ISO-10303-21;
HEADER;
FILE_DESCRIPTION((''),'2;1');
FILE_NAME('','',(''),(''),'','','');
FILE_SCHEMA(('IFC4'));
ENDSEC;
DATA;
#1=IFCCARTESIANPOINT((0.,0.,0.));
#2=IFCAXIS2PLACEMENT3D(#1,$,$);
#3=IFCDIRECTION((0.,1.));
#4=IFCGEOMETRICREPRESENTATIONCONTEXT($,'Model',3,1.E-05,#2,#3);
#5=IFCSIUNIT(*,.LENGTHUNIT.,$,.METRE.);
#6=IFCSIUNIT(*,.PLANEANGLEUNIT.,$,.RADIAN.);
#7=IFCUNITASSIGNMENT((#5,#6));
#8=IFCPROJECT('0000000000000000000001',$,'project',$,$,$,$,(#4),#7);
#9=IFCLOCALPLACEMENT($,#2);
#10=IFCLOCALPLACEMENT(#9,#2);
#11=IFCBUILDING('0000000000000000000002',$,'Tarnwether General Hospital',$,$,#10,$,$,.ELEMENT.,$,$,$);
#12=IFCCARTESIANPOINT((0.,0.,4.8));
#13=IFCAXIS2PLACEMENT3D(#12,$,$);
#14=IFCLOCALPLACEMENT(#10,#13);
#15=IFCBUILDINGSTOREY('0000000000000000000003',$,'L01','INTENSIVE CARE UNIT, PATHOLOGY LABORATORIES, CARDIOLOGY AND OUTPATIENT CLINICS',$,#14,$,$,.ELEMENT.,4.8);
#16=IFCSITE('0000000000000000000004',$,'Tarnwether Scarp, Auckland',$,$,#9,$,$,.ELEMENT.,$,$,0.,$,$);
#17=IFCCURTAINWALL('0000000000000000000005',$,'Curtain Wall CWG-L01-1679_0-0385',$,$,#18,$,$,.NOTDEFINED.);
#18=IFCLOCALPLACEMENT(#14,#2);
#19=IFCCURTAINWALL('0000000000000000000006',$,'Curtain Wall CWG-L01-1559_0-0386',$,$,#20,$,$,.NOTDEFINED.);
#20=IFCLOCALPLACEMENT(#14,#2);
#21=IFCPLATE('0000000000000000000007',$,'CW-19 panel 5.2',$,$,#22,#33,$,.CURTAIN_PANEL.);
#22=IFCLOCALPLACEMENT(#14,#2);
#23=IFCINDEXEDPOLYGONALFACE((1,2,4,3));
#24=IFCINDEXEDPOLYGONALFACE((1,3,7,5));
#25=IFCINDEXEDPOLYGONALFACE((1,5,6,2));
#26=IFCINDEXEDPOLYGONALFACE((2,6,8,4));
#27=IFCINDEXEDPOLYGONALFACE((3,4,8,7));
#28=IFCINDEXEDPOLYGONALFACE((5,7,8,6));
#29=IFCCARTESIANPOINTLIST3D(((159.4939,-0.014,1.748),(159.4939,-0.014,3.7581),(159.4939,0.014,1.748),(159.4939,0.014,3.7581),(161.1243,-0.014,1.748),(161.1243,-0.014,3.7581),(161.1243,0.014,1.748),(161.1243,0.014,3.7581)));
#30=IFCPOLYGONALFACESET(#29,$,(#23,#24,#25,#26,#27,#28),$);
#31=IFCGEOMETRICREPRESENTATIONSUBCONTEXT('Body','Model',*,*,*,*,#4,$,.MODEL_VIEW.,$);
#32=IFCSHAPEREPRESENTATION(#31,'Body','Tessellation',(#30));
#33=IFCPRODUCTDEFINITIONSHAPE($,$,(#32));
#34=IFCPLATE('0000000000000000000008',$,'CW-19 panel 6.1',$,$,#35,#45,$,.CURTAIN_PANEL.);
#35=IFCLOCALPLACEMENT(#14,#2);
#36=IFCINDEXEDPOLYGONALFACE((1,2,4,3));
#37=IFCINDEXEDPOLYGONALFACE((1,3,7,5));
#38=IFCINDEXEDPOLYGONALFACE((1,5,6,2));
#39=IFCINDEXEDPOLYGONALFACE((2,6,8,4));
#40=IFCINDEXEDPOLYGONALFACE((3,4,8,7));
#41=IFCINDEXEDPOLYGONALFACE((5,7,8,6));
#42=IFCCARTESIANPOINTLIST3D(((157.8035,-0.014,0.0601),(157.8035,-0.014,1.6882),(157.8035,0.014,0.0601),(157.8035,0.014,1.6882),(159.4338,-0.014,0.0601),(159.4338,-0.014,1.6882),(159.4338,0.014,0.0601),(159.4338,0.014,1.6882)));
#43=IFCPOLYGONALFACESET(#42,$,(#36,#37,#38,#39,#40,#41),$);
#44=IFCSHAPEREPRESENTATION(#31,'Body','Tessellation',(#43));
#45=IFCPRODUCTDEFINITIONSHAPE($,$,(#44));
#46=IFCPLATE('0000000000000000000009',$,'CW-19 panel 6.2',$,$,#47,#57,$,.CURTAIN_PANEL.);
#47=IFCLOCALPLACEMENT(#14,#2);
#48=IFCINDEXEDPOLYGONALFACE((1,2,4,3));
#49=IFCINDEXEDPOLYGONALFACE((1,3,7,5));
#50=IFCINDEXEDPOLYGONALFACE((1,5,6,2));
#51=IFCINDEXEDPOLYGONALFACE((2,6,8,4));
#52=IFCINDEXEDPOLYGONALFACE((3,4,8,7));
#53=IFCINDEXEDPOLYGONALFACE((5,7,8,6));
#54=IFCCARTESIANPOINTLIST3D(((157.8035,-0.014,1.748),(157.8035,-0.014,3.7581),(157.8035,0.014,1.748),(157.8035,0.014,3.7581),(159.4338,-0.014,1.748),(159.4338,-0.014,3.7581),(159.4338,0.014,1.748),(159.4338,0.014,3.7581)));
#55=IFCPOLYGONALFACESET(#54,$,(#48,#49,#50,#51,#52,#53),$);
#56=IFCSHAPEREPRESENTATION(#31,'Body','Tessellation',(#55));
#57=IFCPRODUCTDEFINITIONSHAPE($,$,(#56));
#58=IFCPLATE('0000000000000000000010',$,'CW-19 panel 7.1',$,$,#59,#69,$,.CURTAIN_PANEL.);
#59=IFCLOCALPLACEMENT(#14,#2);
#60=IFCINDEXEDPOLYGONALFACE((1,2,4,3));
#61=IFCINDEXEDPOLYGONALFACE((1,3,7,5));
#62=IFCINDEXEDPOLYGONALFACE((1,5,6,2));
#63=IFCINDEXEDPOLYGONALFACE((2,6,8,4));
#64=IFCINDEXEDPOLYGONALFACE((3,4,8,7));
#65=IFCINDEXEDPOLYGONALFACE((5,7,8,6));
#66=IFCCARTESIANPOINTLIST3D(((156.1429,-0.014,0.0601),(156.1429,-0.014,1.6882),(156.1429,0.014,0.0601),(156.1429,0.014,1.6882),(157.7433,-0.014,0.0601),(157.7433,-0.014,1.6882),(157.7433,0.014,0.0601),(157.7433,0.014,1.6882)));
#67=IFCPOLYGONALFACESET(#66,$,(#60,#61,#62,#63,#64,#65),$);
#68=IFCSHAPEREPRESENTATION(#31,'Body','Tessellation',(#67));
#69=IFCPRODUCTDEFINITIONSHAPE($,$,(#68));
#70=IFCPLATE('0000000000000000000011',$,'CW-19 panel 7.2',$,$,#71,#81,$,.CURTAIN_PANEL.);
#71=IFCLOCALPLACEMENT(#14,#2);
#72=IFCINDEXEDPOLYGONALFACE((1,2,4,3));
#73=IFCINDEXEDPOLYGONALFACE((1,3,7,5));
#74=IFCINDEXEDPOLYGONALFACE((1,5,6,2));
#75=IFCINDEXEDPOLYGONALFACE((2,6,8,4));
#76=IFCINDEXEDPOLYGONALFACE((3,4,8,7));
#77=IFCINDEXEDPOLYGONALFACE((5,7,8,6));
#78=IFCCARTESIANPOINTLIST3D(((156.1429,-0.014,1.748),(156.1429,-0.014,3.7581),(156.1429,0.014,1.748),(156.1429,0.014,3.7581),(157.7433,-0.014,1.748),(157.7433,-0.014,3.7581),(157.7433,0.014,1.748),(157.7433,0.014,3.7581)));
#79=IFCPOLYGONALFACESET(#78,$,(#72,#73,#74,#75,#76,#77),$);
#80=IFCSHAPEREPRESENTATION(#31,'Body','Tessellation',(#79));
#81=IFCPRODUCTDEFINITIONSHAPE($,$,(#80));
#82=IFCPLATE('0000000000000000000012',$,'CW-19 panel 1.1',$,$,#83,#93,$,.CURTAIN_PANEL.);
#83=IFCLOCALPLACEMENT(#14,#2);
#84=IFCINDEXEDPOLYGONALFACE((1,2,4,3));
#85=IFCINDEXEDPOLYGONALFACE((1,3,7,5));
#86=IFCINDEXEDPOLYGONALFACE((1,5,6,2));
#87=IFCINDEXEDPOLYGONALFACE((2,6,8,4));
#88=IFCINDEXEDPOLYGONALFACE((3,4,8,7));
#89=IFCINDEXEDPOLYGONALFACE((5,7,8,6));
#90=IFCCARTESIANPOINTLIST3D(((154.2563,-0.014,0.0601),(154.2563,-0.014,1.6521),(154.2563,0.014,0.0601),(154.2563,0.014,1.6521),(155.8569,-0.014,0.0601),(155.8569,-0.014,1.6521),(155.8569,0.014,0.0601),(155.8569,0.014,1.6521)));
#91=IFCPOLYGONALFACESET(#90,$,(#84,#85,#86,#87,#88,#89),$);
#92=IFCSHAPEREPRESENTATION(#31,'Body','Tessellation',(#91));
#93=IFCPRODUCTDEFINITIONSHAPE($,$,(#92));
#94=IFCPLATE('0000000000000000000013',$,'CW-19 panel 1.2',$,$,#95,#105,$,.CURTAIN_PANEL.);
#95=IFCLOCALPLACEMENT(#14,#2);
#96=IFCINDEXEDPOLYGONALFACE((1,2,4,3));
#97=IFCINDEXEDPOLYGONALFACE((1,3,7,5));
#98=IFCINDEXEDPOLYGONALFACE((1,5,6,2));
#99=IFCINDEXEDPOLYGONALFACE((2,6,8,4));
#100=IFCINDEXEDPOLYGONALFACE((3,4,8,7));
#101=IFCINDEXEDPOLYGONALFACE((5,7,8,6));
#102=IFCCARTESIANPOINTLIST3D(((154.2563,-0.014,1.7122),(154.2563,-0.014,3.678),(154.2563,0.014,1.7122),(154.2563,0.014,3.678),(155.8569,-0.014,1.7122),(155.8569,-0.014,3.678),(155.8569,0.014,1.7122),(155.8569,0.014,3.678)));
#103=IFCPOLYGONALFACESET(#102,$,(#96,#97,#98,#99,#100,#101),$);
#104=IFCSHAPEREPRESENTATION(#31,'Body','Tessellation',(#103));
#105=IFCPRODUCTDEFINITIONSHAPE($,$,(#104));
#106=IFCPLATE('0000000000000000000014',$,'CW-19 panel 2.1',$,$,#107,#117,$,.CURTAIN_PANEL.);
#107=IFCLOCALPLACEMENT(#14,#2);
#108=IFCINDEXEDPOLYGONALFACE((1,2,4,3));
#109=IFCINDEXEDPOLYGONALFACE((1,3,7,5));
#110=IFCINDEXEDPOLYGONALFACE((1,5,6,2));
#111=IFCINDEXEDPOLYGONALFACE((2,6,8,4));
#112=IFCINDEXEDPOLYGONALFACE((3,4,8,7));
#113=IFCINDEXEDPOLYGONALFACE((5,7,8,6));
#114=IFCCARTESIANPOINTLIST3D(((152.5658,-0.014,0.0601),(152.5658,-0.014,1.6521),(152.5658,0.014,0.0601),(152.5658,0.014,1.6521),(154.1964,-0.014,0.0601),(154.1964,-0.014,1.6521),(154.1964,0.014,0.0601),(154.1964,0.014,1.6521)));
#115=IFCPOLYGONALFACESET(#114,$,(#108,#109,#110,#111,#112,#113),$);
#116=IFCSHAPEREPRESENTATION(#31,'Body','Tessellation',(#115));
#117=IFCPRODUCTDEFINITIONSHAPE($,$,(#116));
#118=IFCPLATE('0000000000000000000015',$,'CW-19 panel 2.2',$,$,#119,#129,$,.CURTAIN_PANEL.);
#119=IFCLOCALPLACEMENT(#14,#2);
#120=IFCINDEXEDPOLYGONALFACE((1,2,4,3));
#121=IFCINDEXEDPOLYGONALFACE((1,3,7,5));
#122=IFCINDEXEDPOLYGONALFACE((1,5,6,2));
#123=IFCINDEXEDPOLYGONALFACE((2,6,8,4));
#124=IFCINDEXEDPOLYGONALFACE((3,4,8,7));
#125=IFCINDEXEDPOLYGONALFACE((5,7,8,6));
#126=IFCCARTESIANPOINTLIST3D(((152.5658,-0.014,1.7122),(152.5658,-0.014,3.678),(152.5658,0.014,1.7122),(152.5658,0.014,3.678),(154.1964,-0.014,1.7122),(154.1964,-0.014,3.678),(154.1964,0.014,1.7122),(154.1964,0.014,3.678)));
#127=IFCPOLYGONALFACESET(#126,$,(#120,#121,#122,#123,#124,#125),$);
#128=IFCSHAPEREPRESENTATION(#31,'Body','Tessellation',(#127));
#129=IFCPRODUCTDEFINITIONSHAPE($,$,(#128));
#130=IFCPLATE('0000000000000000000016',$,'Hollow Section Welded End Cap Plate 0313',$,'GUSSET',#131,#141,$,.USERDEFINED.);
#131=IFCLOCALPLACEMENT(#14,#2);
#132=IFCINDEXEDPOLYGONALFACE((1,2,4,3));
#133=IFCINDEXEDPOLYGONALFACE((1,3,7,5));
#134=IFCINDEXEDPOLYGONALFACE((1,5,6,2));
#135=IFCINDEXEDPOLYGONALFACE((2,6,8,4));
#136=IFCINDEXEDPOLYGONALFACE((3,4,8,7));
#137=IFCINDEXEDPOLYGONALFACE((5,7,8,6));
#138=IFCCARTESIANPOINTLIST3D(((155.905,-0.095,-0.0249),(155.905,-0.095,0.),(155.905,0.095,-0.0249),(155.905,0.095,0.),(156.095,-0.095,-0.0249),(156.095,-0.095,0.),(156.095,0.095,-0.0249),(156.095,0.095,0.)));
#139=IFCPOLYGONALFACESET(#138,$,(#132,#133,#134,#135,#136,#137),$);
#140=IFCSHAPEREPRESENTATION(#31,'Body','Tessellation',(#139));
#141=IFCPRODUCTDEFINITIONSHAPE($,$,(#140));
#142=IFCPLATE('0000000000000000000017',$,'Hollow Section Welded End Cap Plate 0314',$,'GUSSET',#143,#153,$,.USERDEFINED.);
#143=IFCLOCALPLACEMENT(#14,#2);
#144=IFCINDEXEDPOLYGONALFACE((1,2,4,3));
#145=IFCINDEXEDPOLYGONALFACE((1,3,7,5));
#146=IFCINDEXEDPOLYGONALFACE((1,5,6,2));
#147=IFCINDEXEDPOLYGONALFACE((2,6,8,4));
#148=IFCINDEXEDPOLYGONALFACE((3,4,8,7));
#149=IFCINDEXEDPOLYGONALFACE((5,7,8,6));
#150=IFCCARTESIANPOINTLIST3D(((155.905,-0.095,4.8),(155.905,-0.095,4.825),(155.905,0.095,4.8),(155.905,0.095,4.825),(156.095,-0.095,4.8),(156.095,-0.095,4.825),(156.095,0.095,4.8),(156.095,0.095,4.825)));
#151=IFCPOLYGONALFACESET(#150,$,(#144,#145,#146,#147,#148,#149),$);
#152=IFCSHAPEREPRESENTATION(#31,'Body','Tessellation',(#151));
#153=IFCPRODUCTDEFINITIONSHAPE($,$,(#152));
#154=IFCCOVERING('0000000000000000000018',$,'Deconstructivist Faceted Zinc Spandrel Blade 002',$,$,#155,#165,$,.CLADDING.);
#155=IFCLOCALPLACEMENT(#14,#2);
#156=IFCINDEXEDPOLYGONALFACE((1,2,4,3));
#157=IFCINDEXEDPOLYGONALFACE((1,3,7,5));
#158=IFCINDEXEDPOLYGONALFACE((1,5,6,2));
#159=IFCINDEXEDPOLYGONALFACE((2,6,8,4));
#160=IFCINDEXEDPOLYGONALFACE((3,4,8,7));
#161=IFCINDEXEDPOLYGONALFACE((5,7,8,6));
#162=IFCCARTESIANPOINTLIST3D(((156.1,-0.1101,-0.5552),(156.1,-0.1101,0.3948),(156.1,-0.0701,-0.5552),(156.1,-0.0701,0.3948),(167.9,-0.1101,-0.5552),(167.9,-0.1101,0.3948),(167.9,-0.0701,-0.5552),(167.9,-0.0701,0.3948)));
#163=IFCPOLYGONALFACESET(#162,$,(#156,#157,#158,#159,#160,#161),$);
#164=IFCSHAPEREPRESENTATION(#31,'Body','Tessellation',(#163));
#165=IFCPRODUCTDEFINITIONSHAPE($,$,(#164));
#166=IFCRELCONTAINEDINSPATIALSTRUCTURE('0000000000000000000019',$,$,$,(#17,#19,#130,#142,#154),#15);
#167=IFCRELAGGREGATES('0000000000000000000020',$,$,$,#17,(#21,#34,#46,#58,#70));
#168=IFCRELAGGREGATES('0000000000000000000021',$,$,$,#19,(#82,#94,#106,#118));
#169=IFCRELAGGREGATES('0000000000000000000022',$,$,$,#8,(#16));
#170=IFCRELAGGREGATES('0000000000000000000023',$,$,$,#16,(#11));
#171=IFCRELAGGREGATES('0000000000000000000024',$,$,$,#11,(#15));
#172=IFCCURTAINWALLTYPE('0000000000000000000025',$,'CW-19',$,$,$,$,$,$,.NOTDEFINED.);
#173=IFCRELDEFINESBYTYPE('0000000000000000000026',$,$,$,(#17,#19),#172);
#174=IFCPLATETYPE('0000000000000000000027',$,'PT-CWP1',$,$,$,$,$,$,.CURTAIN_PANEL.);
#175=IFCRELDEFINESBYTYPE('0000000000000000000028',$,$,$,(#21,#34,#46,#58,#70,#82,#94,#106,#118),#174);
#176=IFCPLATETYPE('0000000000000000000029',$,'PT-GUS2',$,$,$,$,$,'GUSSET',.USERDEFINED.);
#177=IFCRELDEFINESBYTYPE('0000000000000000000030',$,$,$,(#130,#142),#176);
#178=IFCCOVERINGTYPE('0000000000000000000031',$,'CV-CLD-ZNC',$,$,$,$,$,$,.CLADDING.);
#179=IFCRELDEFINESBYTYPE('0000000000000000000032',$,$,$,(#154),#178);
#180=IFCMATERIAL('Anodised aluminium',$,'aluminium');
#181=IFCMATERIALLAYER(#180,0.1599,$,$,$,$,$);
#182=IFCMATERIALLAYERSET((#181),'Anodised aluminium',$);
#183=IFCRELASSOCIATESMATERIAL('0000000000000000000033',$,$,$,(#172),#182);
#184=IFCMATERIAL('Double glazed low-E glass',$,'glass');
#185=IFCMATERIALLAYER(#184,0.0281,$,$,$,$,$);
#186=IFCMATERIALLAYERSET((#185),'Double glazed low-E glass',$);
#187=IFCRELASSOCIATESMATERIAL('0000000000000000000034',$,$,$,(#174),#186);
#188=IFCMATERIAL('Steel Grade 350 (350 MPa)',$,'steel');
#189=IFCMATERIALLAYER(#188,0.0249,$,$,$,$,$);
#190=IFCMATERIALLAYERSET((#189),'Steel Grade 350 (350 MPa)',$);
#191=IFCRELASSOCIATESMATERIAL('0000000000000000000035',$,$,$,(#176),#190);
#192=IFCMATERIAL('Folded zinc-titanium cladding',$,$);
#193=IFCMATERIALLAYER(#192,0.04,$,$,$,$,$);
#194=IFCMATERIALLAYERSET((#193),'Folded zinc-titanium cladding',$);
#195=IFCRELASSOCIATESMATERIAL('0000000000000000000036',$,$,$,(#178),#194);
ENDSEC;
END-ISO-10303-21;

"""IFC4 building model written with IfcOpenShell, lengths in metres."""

from ifc_helpers import new_model, si_unit, direction, frame, origin, origin_2d, place, context, subcontext, project, spatial, rectangle, extrude, material, layer, layer_set, type_object, element, aggregate, save


model = new_model("IFC4")

# Units and contexts
model_context = context("Model", 3, precision=1e-05, world=origin(), true_north=direction((0.0, 1.0)))
body_context = subcontext(model_context, "Body", "Model", "MODEL_VIEW")
ifc_project = project(units=[si_unit("LENGTHUNIT", "METRE"), si_unit("PLANEANGLEUNIT", "RADIAN")], contexts=[model_context])

# Site, building, storey
site_placement = place(None, origin())
site = spatial("IfcSite", under=ifc_project, at=site_placement, Name="Tarnwether Scarp, Auckland", CompositionType="ELEMENT", RefElevation=0.0)
building_placement = place(site_placement, origin())
building = spatial("IfcBuilding", under=site, at=building_placement, Name="Tarnwether General Hospital", CompositionType="ELEMENT")
storey_placement = place(building_placement, frame((0.0, 0.0, 4.8)))
storey = spatial("IfcBuildingStorey", under=building, at=storey_placement, Name="L01", Description="INTENSIVE CARE UNIT, PATHOLOGY LABORATORIES, CARDIOLOGY AND OUTPATIENT CLINICS", CompositionType="ELEMENT", Elevation=4.8)

# Curtain walls
ifc_material_1 = material(Name="Anodised aluminium", Category="aluminium")
ifc_layer_1 = layer(ifc_material_1, 0.1599)
ifc_layer_set_1 = layer_set([ifc_layer_1], Name="Anodised aluminium")
curtain_wall_type = type_object("IfcCurtainWallType", Name="CW-19", PredefinedType="NOTDEFINED", material=ifc_layer_set_1)
curtain_wall_1_placement = place(storey_placement, origin())
curtain_wall_1 = element("IfcCurtainWall", 1, at=curtain_wall_1_placement, inside=storey, type_object=curtain_wall_type, Name="Curtain Wall CWG-L01-1679_0-0385", PredefinedType="NOTDEFINED")
curtain_wall_2_placement = place(storey_placement, origin())
curtain_wall_2 = element("IfcCurtainWall", 2, at=curtain_wall_2_placement, inside=storey, type_object=curtain_wall_type, Name="Curtain Wall CWG-L01-1559_0-0386", PredefinedType="NOTDEFINED")

# Plates
ifc_material_2 = material(Name="Double glazed low-E glass", Category="glass")
ifc_layer_2 = layer(ifc_material_2, 0.0281)
ifc_layer_set_2 = layer_set([ifc_layer_2], Name="Double glazed low-E glass")
plate_type_1 = type_object("IfcPlateType", Name="PT-CWP1", PredefinedType="CURTAIN_PANEL", material=ifc_layer_set_2)
plate_1_placement = place(storey_placement, frame((160.3091, 0.0, 1.748), z_axis=(0.0, 0.0, 1.0), x_axis=(-1.0, 0.0, 0.0)))
plate_1 = element("IfcPlate", 3, at=plate_1_placement, type_object=plate_type_1, Name="CW-19 panel 5.2", PredefinedType="CURTAIN_PANEL", context=body_context, shape_type="SweptSolid", body=[
    extrude(rectangle(XDim=1.6304, YDim=0.0281, at=origin_2d()), origin(), (0.0, 0.0, 1.0), 2.01),
])
plate_2_placement = place(storey_placement, frame((158.6187, 0.0, 0.0601), z_axis=(0.0, 0.0, 1.0), x_axis=(-1.0, 0.0, 0.0)))
plate_2 = element("IfcPlate", 4, at=plate_2_placement, type_object=plate_type_1, Name="CW-19 panel 6.1", PredefinedType="CURTAIN_PANEL", context=body_context, shape_type="SweptSolid", body=[
    extrude(rectangle(XDim=1.6304, YDim=0.0281, at=origin_2d()), origin(), (0.0, 0.0, 1.0), 1.6282),
])
plate_3_placement = place(storey_placement, frame((158.6187, 0.0, 1.748), z_axis=(0.0, 0.0, 1.0), x_axis=(-1.0, 0.0, 0.0)))
plate_3 = element("IfcPlate", 5, at=plate_3_placement, type_object=plate_type_1, Name="CW-19 panel 6.2", PredefinedType="CURTAIN_PANEL", context=body_context, shape_type="SweptSolid", body=[
    extrude(rectangle(XDim=1.6304, YDim=0.0281, at=origin_2d()), origin(), (0.0, 0.0, 1.0), 2.01),
])
plate_4_placement = place(storey_placement, frame((156.9431, 0.0, 0.0601), z_axis=(0.0, 0.0, 1.0), x_axis=(-1.0, 0.0, 0.0)))
plate_4 = element("IfcPlate", 6, at=plate_4_placement, type_object=plate_type_1, Name="CW-19 panel 7.1", PredefinedType="CURTAIN_PANEL", context=body_context, shape_type="SweptSolid", body=[
    extrude(rectangle(XDim=1.6003, YDim=0.0281, at=origin_2d()), origin(), (0.0, 0.0, 1.0), 1.6282),
])
plate_5_placement = place(storey_placement, frame((156.9431, 0.0, 1.748), z_axis=(0.0, 0.0, 1.0), x_axis=(-1.0, 0.0, 0.0)))
plate_5 = element("IfcPlate", 7, at=plate_5_placement, type_object=plate_type_1, Name="CW-19 panel 7.2", PredefinedType="CURTAIN_PANEL", context=body_context, shape_type="SweptSolid", body=[
    extrude(rectangle(XDim=1.6003, YDim=0.0281, at=origin_2d()), origin(), (0.0, 0.0, 1.0), 2.01),
])
aggregate(curtain_wall_1, [plate_1, plate_2, plate_3, plate_4, plate_5])
plate_6_placement = place(storey_placement, frame((155.0566, 0.0, 0.0601), z_axis=(0.0, 0.0, 1.0), x_axis=(-1.0, 0.0, 0.0)))
plate_6 = element("IfcPlate", 8, at=plate_6_placement, type_object=plate_type_1, Name="CW-19 panel 1.1", PredefinedType="CURTAIN_PANEL", context=body_context, shape_type="SweptSolid", body=[
    extrude(rectangle(XDim=1.6006, YDim=0.0281, at=origin_2d()), origin(), (0.0, 0.0, 1.0), 1.592),
])
plate_7_placement = place(storey_placement, frame((155.0566, 0.0, 1.7122), z_axis=(0.0, 0.0, 1.0), x_axis=(-1.0, 0.0, 0.0)))
plate_7 = element("IfcPlate", 9, at=plate_7_placement, type_object=plate_type_1, Name="CW-19 panel 1.2", PredefinedType="CURTAIN_PANEL", context=body_context, shape_type="SweptSolid", body=[
    extrude(rectangle(XDim=1.6006, YDim=0.0281, at=origin_2d()), origin(), (0.0, 0.0, 1.0), 1.9658),
])
plate_8_placement = place(storey_placement, frame((153.3811, 0.0, 0.0601), z_axis=(0.0, 0.0, 1.0), x_axis=(-1.0, 0.0, 0.0)))
plate_8 = element("IfcPlate", 10, at=plate_8_placement, type_object=plate_type_1, Name="CW-19 panel 2.1", PredefinedType="CURTAIN_PANEL", context=body_context, shape_type="SweptSolid", body=[
    extrude(rectangle(XDim=1.6306, YDim=0.0281, at=origin_2d()), origin(), (0.0, 0.0, 1.0), 1.592),
])
plate_9_placement = place(storey_placement, frame((153.3811, 0.0, 1.7122), z_axis=(0.0, 0.0, 1.0), x_axis=(-1.0, 0.0, 0.0)))
plate_9 = element("IfcPlate", 11, at=plate_9_placement, type_object=plate_type_1, Name="CW-19 panel 2.2", PredefinedType="CURTAIN_PANEL", context=body_context, shape_type="SweptSolid", body=[
    extrude(rectangle(XDim=1.6306, YDim=0.0281, at=origin_2d()), origin(), (0.0, 0.0, 1.0), 1.9658),
])
aggregate(curtain_wall_2, [plate_6, plate_7, plate_8, plate_9])

# Plates
ifc_material_3 = material(Name="Steel Grade 350 (350 MPa)", Category="steel")
ifc_layer_3 = layer(ifc_material_3, 0.0249)
ifc_layer_set_3 = layer_set([ifc_layer_3], Name="Steel Grade 350 (350 MPa)")
plate_type_2 = type_object("IfcPlateType", Name="PT-GUS2", ElementType="GUSSET", PredefinedType="USERDEFINED", material=ifc_layer_set_3)
for number, where, z_axis, x_axis, name in (
    (12, (156.0, 0.0, -0.0249), (0.0, 0.0, 1.0), (1.0, 0.0, 0.0), "Hollow Section Welded End Cap Plate 0313"),
    (13, (156.0, 0.0, 4.8), (0.0, 0.0, 1.0), (1.0, 0.0, 0.0), "Hollow Section Welded End Cap Plate 0314"),
):
    element("IfcPlate", number, at=place(storey_placement, frame(where, z_axis=z_axis, x_axis=x_axis)), inside=storey, type_object=plate_type_2, Name=name, ObjectType="GUSSET", PredefinedType="USERDEFINED", context=body_context, shape_type="SweptSolid", body=[
        extrude(rectangle(XDim=0.1899, YDim=0.1899, at=origin_2d()), origin(), (0.0, 0.0, 1.0), 0.0249),
    ])

# Covering
ifc_material_4 = material(Name="Folded zinc-titanium cladding")
ifc_layer_4 = layer(ifc_material_4, 0.04)
ifc_layer_set_4 = layer_set([ifc_layer_4], Name="Folded zinc-titanium cladding")
covering_type = type_object("IfcCoveringType", Name="CV-CLD-ZNC", PredefinedType="CLADDING", material=ifc_layer_set_4)
covering_placement = place(storey_placement, frame((162.0, -0.0901, -0.5552), z_axis=(0.0, 0.0, 1.0), x_axis=(1.0, 0.0, 0.0)))
element("IfcCovering", 14, at=covering_placement, inside=storey, type_object=covering_type, Name="Deconstructivist Faceted Zinc Spandrel Blade 002", PredefinedType="CLADDING", context=body_context, shape_type="SweptSolid", body=[
    extrude(rectangle(XDim=11.8, YDim=0.04, at=origin_2d()), origin(), (0.0, 0.0, 1.0), 0.95),
])

save(model, "model.ifc")
